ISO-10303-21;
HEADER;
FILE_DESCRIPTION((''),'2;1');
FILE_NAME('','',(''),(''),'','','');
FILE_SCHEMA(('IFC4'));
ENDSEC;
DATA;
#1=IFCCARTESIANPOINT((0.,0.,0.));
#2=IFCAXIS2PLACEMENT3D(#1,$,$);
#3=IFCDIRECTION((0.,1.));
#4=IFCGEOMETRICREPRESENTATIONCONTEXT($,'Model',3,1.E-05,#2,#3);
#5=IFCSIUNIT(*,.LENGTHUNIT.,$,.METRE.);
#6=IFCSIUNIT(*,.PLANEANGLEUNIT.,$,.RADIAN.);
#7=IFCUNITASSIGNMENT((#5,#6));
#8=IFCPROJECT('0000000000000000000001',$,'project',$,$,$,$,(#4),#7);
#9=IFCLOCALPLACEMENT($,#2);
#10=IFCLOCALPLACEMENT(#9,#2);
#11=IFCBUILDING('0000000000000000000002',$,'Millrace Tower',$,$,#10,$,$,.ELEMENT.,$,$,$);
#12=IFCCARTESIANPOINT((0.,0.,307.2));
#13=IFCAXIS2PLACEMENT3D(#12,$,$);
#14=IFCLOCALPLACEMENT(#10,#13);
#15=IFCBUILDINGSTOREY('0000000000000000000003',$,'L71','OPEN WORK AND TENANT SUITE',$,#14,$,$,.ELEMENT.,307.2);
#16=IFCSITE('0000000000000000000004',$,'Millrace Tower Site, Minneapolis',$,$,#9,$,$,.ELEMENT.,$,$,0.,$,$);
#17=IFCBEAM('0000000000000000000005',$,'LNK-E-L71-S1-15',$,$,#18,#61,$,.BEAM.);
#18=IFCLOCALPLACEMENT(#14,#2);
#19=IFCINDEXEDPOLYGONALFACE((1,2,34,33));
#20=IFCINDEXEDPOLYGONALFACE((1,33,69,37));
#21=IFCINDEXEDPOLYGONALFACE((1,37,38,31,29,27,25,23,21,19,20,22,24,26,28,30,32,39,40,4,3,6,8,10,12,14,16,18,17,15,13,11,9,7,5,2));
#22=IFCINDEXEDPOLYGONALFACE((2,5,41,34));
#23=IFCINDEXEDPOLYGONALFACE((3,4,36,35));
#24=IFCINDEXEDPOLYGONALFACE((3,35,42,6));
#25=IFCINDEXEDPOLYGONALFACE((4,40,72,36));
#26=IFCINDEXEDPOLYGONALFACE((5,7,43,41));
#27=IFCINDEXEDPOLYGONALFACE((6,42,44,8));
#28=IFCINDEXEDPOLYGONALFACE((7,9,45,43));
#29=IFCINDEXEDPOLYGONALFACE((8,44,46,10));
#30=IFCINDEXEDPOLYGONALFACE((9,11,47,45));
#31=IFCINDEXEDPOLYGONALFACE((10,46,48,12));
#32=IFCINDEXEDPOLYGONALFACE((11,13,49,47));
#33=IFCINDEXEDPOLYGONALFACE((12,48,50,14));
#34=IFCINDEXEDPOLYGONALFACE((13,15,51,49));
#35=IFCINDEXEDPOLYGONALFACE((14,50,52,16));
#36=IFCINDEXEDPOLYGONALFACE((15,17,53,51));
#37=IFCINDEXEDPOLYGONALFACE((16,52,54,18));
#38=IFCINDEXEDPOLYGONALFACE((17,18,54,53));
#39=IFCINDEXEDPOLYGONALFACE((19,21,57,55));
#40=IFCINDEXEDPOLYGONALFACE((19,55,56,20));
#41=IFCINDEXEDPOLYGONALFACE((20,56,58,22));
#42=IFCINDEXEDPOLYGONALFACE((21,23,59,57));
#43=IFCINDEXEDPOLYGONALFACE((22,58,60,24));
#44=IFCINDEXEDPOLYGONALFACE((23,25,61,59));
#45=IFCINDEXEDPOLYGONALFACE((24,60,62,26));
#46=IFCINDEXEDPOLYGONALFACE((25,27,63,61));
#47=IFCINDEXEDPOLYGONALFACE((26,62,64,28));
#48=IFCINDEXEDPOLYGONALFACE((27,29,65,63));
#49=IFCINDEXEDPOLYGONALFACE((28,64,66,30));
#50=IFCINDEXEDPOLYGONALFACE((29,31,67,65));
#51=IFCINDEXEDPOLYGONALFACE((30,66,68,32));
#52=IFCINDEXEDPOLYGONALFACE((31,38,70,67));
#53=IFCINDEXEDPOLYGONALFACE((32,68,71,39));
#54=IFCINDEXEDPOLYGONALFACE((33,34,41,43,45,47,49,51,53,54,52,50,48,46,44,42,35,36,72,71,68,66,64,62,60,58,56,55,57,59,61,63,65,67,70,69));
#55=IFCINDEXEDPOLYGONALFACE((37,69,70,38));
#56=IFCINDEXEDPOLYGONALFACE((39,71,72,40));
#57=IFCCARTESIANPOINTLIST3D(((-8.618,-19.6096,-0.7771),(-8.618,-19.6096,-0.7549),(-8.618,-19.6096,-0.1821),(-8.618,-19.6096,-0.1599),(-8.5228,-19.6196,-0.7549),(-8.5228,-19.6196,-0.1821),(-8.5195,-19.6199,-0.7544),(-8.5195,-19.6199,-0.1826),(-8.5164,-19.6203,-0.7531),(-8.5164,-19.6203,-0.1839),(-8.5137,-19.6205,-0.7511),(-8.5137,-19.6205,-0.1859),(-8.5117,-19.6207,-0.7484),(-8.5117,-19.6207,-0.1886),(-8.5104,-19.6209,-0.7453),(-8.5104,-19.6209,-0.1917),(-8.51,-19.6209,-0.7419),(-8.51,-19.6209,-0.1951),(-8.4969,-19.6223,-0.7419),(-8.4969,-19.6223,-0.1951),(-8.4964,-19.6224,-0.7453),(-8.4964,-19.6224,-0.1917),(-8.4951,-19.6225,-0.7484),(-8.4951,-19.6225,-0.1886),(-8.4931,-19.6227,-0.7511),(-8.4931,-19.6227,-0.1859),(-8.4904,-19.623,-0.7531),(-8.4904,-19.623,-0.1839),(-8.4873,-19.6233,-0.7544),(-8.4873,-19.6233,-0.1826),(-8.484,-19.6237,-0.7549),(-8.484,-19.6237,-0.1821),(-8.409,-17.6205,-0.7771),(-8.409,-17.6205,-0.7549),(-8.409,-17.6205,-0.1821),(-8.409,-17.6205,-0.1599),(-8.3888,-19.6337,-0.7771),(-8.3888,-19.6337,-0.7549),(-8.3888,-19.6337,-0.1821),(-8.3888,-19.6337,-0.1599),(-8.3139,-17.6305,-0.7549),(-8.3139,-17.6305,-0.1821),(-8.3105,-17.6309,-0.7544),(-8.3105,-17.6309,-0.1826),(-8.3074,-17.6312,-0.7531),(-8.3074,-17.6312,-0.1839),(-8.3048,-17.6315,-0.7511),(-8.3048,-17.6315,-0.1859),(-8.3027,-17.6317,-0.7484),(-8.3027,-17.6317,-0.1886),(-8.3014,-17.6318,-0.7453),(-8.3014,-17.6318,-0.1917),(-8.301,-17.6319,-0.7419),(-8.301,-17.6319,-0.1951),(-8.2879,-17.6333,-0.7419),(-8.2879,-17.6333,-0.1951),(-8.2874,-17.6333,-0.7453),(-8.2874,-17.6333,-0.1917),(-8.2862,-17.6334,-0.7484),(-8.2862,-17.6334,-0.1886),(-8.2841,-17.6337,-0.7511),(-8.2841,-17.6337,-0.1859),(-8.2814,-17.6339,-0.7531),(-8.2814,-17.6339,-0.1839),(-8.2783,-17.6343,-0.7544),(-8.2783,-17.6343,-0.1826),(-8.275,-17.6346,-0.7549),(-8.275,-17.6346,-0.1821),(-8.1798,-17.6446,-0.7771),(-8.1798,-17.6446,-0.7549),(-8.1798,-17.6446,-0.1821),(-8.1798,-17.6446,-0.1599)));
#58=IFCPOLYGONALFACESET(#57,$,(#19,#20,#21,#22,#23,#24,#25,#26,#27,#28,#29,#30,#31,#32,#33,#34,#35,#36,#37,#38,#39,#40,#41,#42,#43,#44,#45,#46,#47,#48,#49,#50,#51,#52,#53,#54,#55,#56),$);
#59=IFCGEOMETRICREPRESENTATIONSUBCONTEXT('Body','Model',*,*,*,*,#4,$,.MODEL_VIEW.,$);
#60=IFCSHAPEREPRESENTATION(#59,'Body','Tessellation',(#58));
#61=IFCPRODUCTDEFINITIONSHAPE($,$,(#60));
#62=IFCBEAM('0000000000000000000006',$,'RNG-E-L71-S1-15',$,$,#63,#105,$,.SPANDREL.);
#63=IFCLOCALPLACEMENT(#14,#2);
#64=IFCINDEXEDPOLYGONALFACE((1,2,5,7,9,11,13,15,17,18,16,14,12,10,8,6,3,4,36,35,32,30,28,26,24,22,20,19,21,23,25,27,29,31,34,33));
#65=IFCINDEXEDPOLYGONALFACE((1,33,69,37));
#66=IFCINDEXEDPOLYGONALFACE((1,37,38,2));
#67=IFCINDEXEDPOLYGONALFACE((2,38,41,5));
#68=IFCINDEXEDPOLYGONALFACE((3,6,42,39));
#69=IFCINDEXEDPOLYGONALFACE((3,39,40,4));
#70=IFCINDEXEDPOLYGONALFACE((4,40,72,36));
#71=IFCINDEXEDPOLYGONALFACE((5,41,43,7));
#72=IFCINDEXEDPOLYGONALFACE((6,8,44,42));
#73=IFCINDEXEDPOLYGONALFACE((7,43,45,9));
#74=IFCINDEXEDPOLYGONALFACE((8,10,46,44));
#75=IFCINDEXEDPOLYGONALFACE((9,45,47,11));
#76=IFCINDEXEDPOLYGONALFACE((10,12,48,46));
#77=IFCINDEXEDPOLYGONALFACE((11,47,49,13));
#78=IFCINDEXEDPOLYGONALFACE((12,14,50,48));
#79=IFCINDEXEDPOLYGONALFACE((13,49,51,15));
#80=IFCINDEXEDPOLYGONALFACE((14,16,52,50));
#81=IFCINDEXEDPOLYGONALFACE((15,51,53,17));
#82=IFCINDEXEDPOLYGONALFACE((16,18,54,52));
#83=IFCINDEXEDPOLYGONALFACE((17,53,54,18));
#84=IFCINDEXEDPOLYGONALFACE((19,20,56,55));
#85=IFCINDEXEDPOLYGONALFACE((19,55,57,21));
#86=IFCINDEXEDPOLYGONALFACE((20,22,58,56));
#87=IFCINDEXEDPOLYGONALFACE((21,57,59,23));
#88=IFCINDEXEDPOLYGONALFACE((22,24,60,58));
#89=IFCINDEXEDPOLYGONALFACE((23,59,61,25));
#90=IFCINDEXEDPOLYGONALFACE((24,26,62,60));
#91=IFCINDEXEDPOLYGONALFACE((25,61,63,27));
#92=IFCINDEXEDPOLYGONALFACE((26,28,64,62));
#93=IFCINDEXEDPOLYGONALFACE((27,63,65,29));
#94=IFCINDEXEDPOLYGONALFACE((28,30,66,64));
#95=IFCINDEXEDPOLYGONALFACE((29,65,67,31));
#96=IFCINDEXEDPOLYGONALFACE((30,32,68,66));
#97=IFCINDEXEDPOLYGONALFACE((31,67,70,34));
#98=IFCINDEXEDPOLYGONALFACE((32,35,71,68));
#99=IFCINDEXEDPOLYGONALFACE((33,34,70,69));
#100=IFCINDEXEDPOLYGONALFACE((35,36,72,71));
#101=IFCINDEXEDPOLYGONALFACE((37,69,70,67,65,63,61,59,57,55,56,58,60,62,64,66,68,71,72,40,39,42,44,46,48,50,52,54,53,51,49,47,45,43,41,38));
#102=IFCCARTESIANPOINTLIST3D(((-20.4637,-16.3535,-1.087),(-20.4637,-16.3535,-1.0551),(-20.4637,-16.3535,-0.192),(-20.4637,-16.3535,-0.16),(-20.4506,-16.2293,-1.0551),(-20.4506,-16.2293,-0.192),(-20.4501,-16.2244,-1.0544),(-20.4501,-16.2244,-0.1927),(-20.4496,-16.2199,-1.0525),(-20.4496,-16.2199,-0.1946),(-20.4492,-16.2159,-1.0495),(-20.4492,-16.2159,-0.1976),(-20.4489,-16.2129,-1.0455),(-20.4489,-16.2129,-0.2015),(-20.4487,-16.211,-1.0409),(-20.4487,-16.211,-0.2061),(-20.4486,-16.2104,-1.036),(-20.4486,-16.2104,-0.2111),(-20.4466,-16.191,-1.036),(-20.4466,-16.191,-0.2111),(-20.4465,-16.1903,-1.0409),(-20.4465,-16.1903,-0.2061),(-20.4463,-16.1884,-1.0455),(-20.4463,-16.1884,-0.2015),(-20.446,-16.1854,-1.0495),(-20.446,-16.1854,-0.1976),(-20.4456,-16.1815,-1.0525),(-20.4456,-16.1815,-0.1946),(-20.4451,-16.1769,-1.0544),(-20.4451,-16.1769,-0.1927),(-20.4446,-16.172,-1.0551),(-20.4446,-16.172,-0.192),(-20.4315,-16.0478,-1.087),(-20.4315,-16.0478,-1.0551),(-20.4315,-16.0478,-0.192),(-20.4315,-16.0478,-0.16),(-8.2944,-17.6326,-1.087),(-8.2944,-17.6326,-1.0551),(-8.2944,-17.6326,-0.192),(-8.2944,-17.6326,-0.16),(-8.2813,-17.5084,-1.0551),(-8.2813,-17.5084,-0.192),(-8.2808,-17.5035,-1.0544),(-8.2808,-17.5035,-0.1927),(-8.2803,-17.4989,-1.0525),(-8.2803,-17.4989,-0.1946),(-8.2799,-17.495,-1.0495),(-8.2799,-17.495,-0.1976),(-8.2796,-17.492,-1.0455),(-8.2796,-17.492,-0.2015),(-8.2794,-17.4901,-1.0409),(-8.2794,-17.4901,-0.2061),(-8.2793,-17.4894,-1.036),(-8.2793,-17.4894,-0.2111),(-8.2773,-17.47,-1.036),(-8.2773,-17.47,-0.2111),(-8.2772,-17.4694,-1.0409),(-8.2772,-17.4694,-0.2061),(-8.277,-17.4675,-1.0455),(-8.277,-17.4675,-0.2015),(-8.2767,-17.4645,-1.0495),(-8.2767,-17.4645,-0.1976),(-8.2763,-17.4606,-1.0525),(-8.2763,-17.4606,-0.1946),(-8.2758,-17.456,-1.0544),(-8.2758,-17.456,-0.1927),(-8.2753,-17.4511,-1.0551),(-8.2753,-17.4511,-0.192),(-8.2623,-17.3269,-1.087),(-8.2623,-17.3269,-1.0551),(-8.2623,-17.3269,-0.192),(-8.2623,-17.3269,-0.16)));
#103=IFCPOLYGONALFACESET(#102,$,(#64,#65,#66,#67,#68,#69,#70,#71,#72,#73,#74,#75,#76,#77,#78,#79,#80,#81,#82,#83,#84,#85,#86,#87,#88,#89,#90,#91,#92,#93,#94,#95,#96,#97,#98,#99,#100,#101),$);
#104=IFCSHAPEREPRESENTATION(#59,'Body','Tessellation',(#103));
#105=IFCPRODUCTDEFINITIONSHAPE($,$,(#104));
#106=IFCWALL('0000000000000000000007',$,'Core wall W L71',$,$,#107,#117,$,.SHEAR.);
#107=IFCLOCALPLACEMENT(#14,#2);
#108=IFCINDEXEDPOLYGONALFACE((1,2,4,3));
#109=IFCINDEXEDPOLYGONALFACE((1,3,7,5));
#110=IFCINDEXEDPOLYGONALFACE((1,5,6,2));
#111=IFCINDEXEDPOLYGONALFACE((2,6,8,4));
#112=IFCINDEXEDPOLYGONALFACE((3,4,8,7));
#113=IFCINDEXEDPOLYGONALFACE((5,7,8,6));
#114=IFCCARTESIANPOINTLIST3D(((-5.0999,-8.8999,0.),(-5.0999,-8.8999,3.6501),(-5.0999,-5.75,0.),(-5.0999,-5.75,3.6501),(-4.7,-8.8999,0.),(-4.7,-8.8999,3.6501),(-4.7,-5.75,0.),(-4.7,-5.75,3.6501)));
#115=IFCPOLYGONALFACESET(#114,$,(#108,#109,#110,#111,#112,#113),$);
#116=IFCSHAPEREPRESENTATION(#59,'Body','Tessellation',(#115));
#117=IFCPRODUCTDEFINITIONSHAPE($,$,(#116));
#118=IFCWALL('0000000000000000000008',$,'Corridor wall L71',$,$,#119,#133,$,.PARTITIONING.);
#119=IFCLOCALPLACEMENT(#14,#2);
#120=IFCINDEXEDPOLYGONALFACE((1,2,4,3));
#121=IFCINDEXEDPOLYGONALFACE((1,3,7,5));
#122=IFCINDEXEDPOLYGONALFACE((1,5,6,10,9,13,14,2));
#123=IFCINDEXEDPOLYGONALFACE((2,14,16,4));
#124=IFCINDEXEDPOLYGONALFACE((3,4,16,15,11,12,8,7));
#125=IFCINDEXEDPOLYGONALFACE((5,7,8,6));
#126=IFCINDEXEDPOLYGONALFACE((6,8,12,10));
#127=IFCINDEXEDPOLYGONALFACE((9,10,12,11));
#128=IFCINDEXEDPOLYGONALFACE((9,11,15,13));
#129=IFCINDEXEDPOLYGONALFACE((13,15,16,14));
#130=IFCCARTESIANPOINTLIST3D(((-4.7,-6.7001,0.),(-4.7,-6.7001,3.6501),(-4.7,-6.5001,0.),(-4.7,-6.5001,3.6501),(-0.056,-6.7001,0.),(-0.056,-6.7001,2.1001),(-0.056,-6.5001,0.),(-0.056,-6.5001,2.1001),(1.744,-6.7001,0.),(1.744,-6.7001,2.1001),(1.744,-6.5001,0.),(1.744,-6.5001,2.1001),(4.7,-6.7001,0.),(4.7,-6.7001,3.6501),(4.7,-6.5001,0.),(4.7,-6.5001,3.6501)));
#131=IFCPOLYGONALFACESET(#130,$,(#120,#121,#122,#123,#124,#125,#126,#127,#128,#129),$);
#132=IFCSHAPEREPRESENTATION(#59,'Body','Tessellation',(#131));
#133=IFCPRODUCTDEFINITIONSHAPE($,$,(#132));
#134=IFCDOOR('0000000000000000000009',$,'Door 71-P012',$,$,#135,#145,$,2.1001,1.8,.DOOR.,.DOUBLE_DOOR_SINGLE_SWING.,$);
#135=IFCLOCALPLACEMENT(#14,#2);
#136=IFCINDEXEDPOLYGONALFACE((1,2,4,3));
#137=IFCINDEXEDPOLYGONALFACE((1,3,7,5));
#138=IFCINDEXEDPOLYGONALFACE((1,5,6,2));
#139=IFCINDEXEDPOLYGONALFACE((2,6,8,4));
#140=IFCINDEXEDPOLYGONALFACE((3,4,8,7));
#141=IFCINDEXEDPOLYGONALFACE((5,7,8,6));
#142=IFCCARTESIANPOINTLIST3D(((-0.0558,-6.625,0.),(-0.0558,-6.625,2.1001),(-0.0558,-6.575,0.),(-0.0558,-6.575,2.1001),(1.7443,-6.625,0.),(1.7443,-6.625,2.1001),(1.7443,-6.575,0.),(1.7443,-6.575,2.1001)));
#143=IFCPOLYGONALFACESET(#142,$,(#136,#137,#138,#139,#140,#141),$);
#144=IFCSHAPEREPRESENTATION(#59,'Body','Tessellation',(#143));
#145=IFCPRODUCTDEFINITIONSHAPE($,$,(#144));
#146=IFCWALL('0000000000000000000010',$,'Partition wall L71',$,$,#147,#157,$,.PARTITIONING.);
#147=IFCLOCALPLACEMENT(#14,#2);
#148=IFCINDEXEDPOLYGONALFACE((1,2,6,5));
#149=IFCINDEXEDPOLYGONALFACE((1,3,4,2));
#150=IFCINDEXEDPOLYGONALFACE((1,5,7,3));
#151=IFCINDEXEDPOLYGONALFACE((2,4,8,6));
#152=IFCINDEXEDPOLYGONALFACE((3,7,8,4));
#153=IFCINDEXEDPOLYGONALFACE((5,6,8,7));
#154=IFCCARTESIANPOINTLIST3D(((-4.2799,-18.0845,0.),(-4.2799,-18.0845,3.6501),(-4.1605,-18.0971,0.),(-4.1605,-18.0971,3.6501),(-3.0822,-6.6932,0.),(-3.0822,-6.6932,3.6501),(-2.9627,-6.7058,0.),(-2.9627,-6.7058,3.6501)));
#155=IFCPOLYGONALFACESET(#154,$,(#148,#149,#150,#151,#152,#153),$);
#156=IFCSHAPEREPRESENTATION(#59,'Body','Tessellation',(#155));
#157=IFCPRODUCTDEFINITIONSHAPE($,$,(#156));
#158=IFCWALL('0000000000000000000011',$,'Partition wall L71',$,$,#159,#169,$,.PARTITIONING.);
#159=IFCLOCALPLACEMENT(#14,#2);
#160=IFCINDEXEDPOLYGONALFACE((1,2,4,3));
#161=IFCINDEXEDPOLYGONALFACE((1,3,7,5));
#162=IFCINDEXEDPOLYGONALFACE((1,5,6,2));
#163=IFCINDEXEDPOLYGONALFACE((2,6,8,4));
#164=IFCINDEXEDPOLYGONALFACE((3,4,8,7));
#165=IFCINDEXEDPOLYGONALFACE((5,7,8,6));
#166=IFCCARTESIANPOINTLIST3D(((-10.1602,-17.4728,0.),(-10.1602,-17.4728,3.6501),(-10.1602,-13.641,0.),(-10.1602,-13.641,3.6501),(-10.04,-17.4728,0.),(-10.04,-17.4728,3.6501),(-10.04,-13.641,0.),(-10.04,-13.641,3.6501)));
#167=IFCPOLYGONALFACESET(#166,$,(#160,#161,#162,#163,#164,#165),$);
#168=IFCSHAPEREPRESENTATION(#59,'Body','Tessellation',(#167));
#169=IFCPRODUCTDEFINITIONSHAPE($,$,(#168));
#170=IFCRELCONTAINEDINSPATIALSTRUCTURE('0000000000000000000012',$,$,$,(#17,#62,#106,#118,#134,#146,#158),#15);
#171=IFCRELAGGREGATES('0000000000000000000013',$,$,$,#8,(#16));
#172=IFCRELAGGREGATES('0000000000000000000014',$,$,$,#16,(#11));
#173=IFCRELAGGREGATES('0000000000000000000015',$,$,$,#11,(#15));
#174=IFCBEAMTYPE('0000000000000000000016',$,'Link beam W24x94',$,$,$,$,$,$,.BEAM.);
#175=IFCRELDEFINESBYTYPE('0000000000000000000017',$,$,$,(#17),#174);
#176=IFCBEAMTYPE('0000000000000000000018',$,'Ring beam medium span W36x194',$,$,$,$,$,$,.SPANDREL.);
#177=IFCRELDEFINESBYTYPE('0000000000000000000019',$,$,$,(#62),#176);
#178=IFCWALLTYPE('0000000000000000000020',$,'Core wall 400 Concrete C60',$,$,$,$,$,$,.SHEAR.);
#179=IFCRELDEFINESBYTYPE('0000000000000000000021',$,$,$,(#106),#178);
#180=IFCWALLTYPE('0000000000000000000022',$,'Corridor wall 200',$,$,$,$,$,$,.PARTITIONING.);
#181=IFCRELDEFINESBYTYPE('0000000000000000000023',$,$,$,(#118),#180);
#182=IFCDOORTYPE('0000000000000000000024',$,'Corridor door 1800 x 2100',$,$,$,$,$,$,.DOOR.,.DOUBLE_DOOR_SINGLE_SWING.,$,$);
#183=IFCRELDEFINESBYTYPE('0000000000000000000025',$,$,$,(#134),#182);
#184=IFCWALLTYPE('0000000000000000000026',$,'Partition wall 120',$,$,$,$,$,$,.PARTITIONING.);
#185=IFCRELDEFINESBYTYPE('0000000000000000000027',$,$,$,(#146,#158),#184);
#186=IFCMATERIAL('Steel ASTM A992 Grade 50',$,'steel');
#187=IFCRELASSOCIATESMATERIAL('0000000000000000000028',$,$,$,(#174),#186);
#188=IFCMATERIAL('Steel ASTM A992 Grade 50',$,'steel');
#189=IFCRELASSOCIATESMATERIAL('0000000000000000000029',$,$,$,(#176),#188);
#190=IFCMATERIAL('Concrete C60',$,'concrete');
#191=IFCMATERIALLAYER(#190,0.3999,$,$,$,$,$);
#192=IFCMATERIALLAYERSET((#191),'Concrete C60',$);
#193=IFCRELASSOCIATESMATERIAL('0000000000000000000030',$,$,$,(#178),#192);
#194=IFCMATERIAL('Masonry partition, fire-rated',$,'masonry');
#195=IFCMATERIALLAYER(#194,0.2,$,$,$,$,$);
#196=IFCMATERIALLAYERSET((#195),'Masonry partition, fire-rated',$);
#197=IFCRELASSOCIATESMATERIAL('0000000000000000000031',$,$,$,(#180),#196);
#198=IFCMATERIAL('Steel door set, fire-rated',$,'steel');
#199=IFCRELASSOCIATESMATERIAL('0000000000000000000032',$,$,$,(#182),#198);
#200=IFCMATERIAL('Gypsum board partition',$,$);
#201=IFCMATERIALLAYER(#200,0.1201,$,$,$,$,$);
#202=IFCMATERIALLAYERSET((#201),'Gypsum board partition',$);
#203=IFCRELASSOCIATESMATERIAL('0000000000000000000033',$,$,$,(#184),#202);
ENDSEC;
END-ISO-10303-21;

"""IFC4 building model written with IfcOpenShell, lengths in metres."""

from ifc_helpers import new_model, si_unit, direction, frame, frame_2d, origin, origin_2d, place, context, subcontext, project, spatial, rectangle, i_section, extrude, material, layer, layer_set, material_profile, profile_set, type_object, element, fill, save


model = new_model("IFC4")

# Units and contexts
model_context = context("Model", 3, precision=1e-05, world=origin(), true_north=direction((0.0, 1.0)))
body_context = subcontext(model_context, "Body", "Model", "MODEL_VIEW")
ifc_project = project(units=[si_unit("LENGTHUNIT", "METRE"), si_unit("PLANEANGLEUNIT", "RADIAN")], contexts=[model_context])

# Site, building, storey
site_placement = place(None, origin())
site = spatial("IfcSite", under=ifc_project, at=site_placement, Name="Millrace Tower Site, Minneapolis", CompositionType="ELEMENT", RefElevation=0.0)
building_placement = place(site_placement, origin())
building = spatial("IfcBuilding", under=site, at=building_placement, Name="Millrace Tower", CompositionType="ELEMENT")
storey_placement = place(building_placement, frame((0.0, 0.0, 307.2)))
storey = spatial("IfcBuildingStorey", under=building, at=storey_placement, Name="L71", Description="OPEN WORK AND TENANT SUITE", CompositionType="ELEMENT", Elevation=307.2)

# Beams
ifc_material_1 = material(Name="Steel ASTM A992 Grade 50", Category="steel")
ifc_material_profile_1 = material_profile(ifc_material_1, i_section(OverallWidth=0.2305, OverallDepth=0.6172, WebThickness=0.0132, FlangeThickness=0.0222, FilletRadius=0.0129, at=origin_2d()))
ifc_profile_set_1 = profile_set([ifc_material_profile_1], Name="Steel ASTM A992 Grade 50")
beam_type_1 = type_object("IfcBeamType", Name="Link beam W24x94", PredefinedType="BEAM", material=ifc_profile_set_1)
beam_1_placement = place(storey_placement, frame((-8.2944, -17.6326, -0.4685), z_axis=(-0.104494, -0.994526, 0.0), x_axis=(0.994526, -0.104494, 0.0)))
element("IfcBeam", 1, at=beam_1_placement, inside=storey, type_object=beam_type_1, Name="LNK-E-L71-S1-15", PredefinedType="BEAM", context=body_context, shape_type="SweptSolid", body=[
    extrude(i_section(OverallWidth=0.2305, OverallDepth=0.6172, WebThickness=0.0132, FlangeThickness=0.0222, FilletRadius=0.0129, at=origin_2d()), origin(), (0.0, 0.0, 1.0), 2.0),
])
ifc_material_2 = material(Name="Steel ASTM A992 Grade 50", Category="steel")
ifc_material_profile_2 = material_profile(ifc_material_2, i_section(OverallWidth=0.3074, OverallDepth=0.927, WebThickness=0.0195, FlangeThickness=0.032, FilletRadius=0.019, at=origin_2d()))
ifc_profile_set_2 = profile_set([ifc_material_profile_2], Name="Steel ASTM A992 Grade 50")
beam_type_2 = type_object("IfcBeamType", Name="Ring beam medium span W36x194", PredefinedType="SPANDREL", material=ifc_profile_set_2)
beam_2_placement = place(storey_placement, frame((-8.2783, -17.4797, -0.6235), z_axis=(-0.994522, 0.10453, 0.0), x_axis=(-0.10453, -0.994522, 0.0)))
element("IfcBeam", 2, at=beam_2_placement, inside=storey, type_object=beam_type_2, Name="RNG-E-L71-S1-15", PredefinedType="SPANDREL", context=body_context, shape_type="SweptSolid", body=[
    extrude(i_section(OverallWidth=0.3074, OverallDepth=0.927, WebThickness=0.0195, FlangeThickness=0.032, FilletRadius=0.019, at=origin_2d()), origin(), (0.0, 0.0, 1.0), 12.2363),
])

# Wall
ifc_material_3 = material(Name="Concrete C60", Category="concrete")
ifc_layer_1 = layer(ifc_material_3, 0.3999)
ifc_layer_set_1 = layer_set([ifc_layer_1], Name="Concrete C60")
wall_type_1 = type_object("IfcWallType", Name="Core wall 400 Concrete C60", PredefinedType="SHEAR", material=ifc_layer_set_1)
wall_1_placement = place(storey_placement, frame((-4.8999, -8.8999, 0.0), z_axis=(0.0, 0.0, 1.0), x_axis=(0.0, 1.0, 0.0)))
element("IfcWall", 3, at=wall_1_placement, inside=storey, type_object=wall_type_1, Name="Core wall W L71", PredefinedType="SHEAR", context=body_context, shape_type="SweptSolid", body=[
    extrude(rectangle(XDim=3.1499, YDim=0.3999, at=frame_2d((1.575, 0.0))), origin(), (0.0, 0.0, 1.0), 3.6501),
])

# Wall, opening, door
ifc_material_4 = material(Name="Masonry partition, fire-rated", Category="masonry")
ifc_layer_2 = layer(ifc_material_4, 0.2)
ifc_layer_set_2 = layer_set([ifc_layer_2], Name="Masonry partition, fire-rated")
wall_type_2 = type_object("IfcWallType", Name="Corridor wall 200", PredefinedType="PARTITIONING", material=ifc_layer_set_2)
wall_2_placement = place(storey_placement, frame((-4.7, -6.6001, 0.0), z_axis=(0.0, 0.0, 1.0), x_axis=(1.0, 0.0, 0.0)))
wall_2 = element("IfcWall", 4, at=wall_2_placement, inside=storey, type_object=wall_type_2, Name="Corridor wall L71", PredefinedType="PARTITIONING", context=body_context, shape_type="SweptSolid", body=[
    extrude(rectangle(XDim=9.3999, YDim=0.2, at=frame_2d((4.7, 0.0))), origin(), (0.0, 0.0, 1.0), 3.6501),
])
opening_placement = place(wall_2_placement, frame((4.644, 0.0, 0.0)))
opening = element("IfcOpeningElement", 5, at=opening_placement, cuts=wall_2, PredefinedType="OPENING", context=body_context, shape_type="SweptSolid", body=[
    extrude(rectangle(XDim=1.8, YDim=2.1001, at=frame_2d((0.8999, 1.05))), frame((0.0, 0.1099, 0.0), z_axis=(0.0, -1.0, 0.0), x_axis=(1.0, 0.0, 0.0)), (0.0, 0.0, 1.0), 0.22),
])
ifc_material_5 = material(Name="Steel door set, fire-rated", Category="steel")
door_type = type_object("IfcDoorType", Name="Corridor door 1800 x 2100", OperationType="DOUBLE_DOOR_SINGLE_SWING", PredefinedType="DOOR", material=ifc_material_5)
door_placement = place(opening_placement, frame((1.8, 0.0, 0.0), z_axis=(0.0, 0.0, 1.0), x_axis=(-1.0, 0.0, 0.0)))
door = element("IfcDoor", 6, at=door_placement, inside=storey, type_object=door_type, Name="Door 71-P012", OperationType="DOUBLE_DOOR_SINGLE_SWING", OverallHeight=2.1001, OverallWidth=1.8, PredefinedType="DOOR", context=body_context, shape_type="SweptSolid", body=[
    extrude(rectangle(XDim=1.8, YDim=2.1001, at=frame_2d((0.8999, 1.05))), frame((0.0, 0.0249, 0.0), z_axis=(0.0, -1.0, 0.0), x_axis=(1.0, 0.0, 0.0)), (0.0, 0.0, 1.0), 0.05),
])
fill(opening, door)

# Walls
ifc_material_6 = material(Name="Gypsum board partition")
ifc_layer_3 = layer(ifc_material_6, 0.1201)
ifc_layer_set_3 = layer_set([ifc_layer_3], Name="Gypsum board partition")
wall_type_3 = type_object("IfcWallType", Name="Partition wall 120", PredefinedType="PARTITIONING", material=ifc_layer_set_3)
wall_3_placement = place(storey_placement, frame((-4.2202, -18.0908, 0.0), z_axis=(0.0, 0.0, 1.0), x_axis=(0.104569, 0.994518, 0.0)))
element("IfcWall", 7, at=wall_3_placement, inside=storey, type_object=wall_type_3, Name="Partition wall L71", PredefinedType="PARTITIONING", context=body_context, shape_type="SweptSolid", body=[
    extrude(rectangle(XDim=11.4541, YDim=0.1201, at=frame_2d((5.7271, 0.0))), origin(), (0.0, 0.0, 1.0), 3.6501),
])
wall_4_placement = place(storey_placement, frame((-10.1001, -17.4729, 0.0), z_axis=(0.0, 0.0, 1.0), x_axis=(0.0, 1.0, 0.0)))
element("IfcWall", 8, at=wall_4_placement, inside=storey, type_object=wall_type_3, Name="Partition wall L71", PredefinedType="PARTITIONING", context=body_context, shape_type="SweptSolid", body=[
    extrude(rectangle(XDim=3.8318, YDim=0.1201, at=frame_2d((1.916, 0.0))), origin(), (0.0, 0.0, 1.0), 3.6501),
])

save(model, "model.ifc")
